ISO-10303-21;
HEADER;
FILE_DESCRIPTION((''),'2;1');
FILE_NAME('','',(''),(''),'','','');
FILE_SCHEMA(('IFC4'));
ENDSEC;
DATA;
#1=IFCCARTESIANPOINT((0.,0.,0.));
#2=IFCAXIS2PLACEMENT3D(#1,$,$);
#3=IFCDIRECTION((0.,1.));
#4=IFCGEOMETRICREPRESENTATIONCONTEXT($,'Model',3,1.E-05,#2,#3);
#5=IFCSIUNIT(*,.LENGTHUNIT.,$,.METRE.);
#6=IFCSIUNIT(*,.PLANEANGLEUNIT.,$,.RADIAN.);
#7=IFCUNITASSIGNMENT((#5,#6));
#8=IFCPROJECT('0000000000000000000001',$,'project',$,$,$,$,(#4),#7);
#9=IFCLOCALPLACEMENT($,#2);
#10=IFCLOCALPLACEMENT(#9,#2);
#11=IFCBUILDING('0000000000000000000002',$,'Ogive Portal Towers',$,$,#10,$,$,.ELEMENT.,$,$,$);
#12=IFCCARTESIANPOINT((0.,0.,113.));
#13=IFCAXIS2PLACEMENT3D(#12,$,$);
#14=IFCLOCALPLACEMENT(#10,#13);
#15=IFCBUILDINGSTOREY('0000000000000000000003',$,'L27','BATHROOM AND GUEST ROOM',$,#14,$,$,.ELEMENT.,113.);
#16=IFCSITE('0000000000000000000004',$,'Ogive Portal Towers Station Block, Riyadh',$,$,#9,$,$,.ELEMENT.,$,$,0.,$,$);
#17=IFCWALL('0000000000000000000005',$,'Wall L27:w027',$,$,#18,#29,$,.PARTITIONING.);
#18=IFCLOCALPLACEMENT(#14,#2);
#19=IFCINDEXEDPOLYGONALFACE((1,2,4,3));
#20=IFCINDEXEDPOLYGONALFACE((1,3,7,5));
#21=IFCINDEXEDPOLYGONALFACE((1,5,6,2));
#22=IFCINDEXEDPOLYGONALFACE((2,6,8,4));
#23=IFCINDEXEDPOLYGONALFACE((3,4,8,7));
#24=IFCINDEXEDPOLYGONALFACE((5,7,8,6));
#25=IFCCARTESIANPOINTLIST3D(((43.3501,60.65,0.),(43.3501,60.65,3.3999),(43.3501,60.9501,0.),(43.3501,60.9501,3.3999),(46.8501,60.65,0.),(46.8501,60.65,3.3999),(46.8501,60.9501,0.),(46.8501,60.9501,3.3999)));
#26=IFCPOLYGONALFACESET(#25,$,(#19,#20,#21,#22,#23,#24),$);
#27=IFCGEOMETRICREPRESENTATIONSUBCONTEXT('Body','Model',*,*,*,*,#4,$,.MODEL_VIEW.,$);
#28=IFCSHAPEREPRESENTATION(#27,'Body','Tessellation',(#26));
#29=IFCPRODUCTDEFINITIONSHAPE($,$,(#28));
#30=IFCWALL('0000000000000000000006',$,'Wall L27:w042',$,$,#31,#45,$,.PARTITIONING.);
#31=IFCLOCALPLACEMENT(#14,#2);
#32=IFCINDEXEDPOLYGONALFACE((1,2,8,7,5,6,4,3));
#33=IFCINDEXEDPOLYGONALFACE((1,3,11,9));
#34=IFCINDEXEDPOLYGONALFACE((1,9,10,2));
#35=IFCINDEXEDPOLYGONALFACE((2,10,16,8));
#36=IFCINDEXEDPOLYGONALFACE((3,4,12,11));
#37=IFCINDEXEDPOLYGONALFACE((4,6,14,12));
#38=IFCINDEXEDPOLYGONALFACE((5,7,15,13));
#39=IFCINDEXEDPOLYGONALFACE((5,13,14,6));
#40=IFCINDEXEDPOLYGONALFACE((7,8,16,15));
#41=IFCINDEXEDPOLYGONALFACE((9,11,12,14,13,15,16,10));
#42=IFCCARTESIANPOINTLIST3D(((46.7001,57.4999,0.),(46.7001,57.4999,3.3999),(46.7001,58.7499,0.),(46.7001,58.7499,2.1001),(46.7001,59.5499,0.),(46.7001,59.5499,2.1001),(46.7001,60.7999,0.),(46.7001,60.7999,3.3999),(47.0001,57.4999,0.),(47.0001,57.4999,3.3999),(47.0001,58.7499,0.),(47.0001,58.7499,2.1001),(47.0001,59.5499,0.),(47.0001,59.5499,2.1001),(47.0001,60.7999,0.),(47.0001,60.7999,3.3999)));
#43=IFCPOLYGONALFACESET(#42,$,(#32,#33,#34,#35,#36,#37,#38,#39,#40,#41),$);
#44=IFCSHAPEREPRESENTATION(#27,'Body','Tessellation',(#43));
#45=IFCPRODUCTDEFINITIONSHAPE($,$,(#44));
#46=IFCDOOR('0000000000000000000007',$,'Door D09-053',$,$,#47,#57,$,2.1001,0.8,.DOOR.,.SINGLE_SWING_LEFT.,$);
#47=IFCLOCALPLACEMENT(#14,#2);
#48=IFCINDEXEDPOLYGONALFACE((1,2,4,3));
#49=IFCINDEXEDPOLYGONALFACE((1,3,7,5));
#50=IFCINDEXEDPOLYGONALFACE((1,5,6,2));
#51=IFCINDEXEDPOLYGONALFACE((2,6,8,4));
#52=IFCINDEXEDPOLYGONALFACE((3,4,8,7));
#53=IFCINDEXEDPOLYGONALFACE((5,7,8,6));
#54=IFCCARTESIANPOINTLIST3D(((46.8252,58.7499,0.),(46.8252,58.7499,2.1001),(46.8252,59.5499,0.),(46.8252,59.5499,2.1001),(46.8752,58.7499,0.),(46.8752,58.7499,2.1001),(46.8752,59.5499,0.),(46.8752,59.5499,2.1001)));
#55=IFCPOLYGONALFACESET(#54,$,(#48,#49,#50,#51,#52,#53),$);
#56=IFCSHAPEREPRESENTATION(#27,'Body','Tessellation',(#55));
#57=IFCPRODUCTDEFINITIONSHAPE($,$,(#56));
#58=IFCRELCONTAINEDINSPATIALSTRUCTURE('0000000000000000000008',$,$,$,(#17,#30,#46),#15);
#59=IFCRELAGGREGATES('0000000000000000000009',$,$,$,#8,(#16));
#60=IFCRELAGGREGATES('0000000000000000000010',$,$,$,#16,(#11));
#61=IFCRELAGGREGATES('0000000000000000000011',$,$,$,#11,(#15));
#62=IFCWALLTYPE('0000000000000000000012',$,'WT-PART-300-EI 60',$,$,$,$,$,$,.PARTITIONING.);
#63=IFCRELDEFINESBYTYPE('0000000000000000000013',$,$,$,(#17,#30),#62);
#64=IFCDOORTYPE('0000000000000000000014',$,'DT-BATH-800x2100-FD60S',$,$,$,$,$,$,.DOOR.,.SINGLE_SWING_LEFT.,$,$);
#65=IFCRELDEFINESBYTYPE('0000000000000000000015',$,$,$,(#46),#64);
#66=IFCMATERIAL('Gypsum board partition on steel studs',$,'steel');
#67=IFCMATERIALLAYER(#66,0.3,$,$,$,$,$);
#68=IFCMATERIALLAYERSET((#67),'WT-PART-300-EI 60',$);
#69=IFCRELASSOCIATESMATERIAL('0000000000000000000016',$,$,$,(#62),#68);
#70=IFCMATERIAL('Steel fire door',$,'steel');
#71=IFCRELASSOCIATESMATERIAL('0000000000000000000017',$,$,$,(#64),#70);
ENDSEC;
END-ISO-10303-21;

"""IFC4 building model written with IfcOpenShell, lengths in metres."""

from ifc_helpers import new_model, si_unit, direction, frame, frame_2d, origin, place, context, subcontext, project, spatial, rectangle, extrude, material, layer, layer_set, type_object, element, fill, save


model = new_model("IFC4")

# Units and contexts
model_context = context("Model", 3, precision=1e-05, world=origin(), true_north=direction((0.0, 1.0)))
body_context = subcontext(model_context, "Body", "Model", "MODEL_VIEW")
ifc_project = project(units=[si_unit("LENGTHUNIT", "METRE"), si_unit("PLANEANGLEUNIT", "RADIAN")], contexts=[model_context])

# Site, building, storey
site_placement = place(None, origin())
site = spatial("IfcSite", under=ifc_project, at=site_placement, Name="Ogive Portal Towers Station Block, Riyadh", CompositionType="ELEMENT", RefElevation=0.0)
building_placement = place(site_placement, origin())
building = spatial("IfcBuilding", under=site, at=building_placement, Name="Ogive Portal Towers", CompositionType="ELEMENT")
storey_placement = place(building_placement, frame((0.0, 0.0, 113.0)))
storey = spatial("IfcBuildingStorey", under=building, at=storey_placement, Name="L27", Description="BATHROOM AND GUEST ROOM", CompositionType="ELEMENT", Elevation=113.0)

# Wall
ifc_material_1 = material(Name="Gypsum board partition on steel studs", Category="steel")
ifc_layer_1 = layer(ifc_material_1, 0.3)
ifc_layer_set_1 = layer_set([ifc_layer_1], Name="WT-PART-300-EI 60")
wall_type_1 = type_object("IfcWallType", Name="WT-PART-300-EI 60", PredefinedType="PARTITIONING", material=ifc_layer_set_1)
wall_1_placement = place(storey_placement, frame((43.3501, 60.8, 0.0), z_axis=(0.0, 0.0, 1.0), x_axis=(1.0, 0.0, 0.0)))
element("IfcWall", 1, at=wall_1_placement, inside=storey, type_object=wall_type_1, Name="Wall L27:w027", PredefinedType="PARTITIONING", context=body_context, shape_type="SweptSolid", body=[
    extrude(rectangle(XDim=3.5, YDim=0.3, at=frame_2d((1.75, 0.0))), origin(), (0.0, 0.0, 1.0), 3.3999),
])

# Wall, opening, door
wall_2_placement = place(storey_placement, frame((46.8501, 57.5, 0.0), z_axis=(0.0, 0.0, 1.0), x_axis=(0.0, 1.0, 0.0)))
wall_2 = element("IfcWall", 2, at=wall_2_placement, inside=storey, type_object=wall_type_1, Name="Wall L27:w042", PredefinedType="PARTITIONING", context=body_context, shape_type="SweptSolid", body=[
    extrude(rectangle(XDim=3.3, YDim=0.3, at=frame_2d((1.6499, 0.0))), origin(), (0.0, 0.0, 1.0), 3.3999),
])
opening_placement = place(wall_2_placement, frame((1.25, 0.0, 0.0)))
opening = element("IfcOpeningElement", 3, at=opening_placement, cuts=wall_2, PredefinedType="OPENING", context=body_context, shape_type="SweptSolid", body=[
    extrude(rectangle(XDim=0.8, YDim=2.1001, at=frame_2d((0.3999, 1.05))), frame((0.0, 0.1602, 0.0), z_axis=(0.0, -1.0, 0.0), x_axis=(1.0, 0.0, 0.0)), (0.0, 0.0, 1.0), 0.3201),
])
ifc_material_2 = material(Name="Steel fire door", Category="steel")
door_type = type_object("IfcDoorType", Name="DT-BATH-800x2100-FD60S", OperationType="SINGLE_SWING_LEFT", PredefinedType="DOOR", material=ifc_material_2)
door_placement = place(opening_placement, origin())
door = element("IfcDoor", 4, at=door_placement, inside=storey, type_object=door_type, Name="Door D09-053", OperationType="SINGLE_SWING_LEFT", OverallHeight=2.1001, OverallWidth=0.8, PredefinedType="DOOR", context=body_context, shape_type="SweptSolid", body=[
    extrude(rectangle(XDim=0.8, YDim=2.1001, at=frame_2d((0.3999, 1.05))), frame((0.0, 0.0249, 0.0), z_axis=(0.0, -1.0, 0.0), x_axis=(1.0, 0.0, 0.0)), (0.0, 0.0, 1.0), 0.05),
])
fill(opening, door)

save(model, "model.ifc")
